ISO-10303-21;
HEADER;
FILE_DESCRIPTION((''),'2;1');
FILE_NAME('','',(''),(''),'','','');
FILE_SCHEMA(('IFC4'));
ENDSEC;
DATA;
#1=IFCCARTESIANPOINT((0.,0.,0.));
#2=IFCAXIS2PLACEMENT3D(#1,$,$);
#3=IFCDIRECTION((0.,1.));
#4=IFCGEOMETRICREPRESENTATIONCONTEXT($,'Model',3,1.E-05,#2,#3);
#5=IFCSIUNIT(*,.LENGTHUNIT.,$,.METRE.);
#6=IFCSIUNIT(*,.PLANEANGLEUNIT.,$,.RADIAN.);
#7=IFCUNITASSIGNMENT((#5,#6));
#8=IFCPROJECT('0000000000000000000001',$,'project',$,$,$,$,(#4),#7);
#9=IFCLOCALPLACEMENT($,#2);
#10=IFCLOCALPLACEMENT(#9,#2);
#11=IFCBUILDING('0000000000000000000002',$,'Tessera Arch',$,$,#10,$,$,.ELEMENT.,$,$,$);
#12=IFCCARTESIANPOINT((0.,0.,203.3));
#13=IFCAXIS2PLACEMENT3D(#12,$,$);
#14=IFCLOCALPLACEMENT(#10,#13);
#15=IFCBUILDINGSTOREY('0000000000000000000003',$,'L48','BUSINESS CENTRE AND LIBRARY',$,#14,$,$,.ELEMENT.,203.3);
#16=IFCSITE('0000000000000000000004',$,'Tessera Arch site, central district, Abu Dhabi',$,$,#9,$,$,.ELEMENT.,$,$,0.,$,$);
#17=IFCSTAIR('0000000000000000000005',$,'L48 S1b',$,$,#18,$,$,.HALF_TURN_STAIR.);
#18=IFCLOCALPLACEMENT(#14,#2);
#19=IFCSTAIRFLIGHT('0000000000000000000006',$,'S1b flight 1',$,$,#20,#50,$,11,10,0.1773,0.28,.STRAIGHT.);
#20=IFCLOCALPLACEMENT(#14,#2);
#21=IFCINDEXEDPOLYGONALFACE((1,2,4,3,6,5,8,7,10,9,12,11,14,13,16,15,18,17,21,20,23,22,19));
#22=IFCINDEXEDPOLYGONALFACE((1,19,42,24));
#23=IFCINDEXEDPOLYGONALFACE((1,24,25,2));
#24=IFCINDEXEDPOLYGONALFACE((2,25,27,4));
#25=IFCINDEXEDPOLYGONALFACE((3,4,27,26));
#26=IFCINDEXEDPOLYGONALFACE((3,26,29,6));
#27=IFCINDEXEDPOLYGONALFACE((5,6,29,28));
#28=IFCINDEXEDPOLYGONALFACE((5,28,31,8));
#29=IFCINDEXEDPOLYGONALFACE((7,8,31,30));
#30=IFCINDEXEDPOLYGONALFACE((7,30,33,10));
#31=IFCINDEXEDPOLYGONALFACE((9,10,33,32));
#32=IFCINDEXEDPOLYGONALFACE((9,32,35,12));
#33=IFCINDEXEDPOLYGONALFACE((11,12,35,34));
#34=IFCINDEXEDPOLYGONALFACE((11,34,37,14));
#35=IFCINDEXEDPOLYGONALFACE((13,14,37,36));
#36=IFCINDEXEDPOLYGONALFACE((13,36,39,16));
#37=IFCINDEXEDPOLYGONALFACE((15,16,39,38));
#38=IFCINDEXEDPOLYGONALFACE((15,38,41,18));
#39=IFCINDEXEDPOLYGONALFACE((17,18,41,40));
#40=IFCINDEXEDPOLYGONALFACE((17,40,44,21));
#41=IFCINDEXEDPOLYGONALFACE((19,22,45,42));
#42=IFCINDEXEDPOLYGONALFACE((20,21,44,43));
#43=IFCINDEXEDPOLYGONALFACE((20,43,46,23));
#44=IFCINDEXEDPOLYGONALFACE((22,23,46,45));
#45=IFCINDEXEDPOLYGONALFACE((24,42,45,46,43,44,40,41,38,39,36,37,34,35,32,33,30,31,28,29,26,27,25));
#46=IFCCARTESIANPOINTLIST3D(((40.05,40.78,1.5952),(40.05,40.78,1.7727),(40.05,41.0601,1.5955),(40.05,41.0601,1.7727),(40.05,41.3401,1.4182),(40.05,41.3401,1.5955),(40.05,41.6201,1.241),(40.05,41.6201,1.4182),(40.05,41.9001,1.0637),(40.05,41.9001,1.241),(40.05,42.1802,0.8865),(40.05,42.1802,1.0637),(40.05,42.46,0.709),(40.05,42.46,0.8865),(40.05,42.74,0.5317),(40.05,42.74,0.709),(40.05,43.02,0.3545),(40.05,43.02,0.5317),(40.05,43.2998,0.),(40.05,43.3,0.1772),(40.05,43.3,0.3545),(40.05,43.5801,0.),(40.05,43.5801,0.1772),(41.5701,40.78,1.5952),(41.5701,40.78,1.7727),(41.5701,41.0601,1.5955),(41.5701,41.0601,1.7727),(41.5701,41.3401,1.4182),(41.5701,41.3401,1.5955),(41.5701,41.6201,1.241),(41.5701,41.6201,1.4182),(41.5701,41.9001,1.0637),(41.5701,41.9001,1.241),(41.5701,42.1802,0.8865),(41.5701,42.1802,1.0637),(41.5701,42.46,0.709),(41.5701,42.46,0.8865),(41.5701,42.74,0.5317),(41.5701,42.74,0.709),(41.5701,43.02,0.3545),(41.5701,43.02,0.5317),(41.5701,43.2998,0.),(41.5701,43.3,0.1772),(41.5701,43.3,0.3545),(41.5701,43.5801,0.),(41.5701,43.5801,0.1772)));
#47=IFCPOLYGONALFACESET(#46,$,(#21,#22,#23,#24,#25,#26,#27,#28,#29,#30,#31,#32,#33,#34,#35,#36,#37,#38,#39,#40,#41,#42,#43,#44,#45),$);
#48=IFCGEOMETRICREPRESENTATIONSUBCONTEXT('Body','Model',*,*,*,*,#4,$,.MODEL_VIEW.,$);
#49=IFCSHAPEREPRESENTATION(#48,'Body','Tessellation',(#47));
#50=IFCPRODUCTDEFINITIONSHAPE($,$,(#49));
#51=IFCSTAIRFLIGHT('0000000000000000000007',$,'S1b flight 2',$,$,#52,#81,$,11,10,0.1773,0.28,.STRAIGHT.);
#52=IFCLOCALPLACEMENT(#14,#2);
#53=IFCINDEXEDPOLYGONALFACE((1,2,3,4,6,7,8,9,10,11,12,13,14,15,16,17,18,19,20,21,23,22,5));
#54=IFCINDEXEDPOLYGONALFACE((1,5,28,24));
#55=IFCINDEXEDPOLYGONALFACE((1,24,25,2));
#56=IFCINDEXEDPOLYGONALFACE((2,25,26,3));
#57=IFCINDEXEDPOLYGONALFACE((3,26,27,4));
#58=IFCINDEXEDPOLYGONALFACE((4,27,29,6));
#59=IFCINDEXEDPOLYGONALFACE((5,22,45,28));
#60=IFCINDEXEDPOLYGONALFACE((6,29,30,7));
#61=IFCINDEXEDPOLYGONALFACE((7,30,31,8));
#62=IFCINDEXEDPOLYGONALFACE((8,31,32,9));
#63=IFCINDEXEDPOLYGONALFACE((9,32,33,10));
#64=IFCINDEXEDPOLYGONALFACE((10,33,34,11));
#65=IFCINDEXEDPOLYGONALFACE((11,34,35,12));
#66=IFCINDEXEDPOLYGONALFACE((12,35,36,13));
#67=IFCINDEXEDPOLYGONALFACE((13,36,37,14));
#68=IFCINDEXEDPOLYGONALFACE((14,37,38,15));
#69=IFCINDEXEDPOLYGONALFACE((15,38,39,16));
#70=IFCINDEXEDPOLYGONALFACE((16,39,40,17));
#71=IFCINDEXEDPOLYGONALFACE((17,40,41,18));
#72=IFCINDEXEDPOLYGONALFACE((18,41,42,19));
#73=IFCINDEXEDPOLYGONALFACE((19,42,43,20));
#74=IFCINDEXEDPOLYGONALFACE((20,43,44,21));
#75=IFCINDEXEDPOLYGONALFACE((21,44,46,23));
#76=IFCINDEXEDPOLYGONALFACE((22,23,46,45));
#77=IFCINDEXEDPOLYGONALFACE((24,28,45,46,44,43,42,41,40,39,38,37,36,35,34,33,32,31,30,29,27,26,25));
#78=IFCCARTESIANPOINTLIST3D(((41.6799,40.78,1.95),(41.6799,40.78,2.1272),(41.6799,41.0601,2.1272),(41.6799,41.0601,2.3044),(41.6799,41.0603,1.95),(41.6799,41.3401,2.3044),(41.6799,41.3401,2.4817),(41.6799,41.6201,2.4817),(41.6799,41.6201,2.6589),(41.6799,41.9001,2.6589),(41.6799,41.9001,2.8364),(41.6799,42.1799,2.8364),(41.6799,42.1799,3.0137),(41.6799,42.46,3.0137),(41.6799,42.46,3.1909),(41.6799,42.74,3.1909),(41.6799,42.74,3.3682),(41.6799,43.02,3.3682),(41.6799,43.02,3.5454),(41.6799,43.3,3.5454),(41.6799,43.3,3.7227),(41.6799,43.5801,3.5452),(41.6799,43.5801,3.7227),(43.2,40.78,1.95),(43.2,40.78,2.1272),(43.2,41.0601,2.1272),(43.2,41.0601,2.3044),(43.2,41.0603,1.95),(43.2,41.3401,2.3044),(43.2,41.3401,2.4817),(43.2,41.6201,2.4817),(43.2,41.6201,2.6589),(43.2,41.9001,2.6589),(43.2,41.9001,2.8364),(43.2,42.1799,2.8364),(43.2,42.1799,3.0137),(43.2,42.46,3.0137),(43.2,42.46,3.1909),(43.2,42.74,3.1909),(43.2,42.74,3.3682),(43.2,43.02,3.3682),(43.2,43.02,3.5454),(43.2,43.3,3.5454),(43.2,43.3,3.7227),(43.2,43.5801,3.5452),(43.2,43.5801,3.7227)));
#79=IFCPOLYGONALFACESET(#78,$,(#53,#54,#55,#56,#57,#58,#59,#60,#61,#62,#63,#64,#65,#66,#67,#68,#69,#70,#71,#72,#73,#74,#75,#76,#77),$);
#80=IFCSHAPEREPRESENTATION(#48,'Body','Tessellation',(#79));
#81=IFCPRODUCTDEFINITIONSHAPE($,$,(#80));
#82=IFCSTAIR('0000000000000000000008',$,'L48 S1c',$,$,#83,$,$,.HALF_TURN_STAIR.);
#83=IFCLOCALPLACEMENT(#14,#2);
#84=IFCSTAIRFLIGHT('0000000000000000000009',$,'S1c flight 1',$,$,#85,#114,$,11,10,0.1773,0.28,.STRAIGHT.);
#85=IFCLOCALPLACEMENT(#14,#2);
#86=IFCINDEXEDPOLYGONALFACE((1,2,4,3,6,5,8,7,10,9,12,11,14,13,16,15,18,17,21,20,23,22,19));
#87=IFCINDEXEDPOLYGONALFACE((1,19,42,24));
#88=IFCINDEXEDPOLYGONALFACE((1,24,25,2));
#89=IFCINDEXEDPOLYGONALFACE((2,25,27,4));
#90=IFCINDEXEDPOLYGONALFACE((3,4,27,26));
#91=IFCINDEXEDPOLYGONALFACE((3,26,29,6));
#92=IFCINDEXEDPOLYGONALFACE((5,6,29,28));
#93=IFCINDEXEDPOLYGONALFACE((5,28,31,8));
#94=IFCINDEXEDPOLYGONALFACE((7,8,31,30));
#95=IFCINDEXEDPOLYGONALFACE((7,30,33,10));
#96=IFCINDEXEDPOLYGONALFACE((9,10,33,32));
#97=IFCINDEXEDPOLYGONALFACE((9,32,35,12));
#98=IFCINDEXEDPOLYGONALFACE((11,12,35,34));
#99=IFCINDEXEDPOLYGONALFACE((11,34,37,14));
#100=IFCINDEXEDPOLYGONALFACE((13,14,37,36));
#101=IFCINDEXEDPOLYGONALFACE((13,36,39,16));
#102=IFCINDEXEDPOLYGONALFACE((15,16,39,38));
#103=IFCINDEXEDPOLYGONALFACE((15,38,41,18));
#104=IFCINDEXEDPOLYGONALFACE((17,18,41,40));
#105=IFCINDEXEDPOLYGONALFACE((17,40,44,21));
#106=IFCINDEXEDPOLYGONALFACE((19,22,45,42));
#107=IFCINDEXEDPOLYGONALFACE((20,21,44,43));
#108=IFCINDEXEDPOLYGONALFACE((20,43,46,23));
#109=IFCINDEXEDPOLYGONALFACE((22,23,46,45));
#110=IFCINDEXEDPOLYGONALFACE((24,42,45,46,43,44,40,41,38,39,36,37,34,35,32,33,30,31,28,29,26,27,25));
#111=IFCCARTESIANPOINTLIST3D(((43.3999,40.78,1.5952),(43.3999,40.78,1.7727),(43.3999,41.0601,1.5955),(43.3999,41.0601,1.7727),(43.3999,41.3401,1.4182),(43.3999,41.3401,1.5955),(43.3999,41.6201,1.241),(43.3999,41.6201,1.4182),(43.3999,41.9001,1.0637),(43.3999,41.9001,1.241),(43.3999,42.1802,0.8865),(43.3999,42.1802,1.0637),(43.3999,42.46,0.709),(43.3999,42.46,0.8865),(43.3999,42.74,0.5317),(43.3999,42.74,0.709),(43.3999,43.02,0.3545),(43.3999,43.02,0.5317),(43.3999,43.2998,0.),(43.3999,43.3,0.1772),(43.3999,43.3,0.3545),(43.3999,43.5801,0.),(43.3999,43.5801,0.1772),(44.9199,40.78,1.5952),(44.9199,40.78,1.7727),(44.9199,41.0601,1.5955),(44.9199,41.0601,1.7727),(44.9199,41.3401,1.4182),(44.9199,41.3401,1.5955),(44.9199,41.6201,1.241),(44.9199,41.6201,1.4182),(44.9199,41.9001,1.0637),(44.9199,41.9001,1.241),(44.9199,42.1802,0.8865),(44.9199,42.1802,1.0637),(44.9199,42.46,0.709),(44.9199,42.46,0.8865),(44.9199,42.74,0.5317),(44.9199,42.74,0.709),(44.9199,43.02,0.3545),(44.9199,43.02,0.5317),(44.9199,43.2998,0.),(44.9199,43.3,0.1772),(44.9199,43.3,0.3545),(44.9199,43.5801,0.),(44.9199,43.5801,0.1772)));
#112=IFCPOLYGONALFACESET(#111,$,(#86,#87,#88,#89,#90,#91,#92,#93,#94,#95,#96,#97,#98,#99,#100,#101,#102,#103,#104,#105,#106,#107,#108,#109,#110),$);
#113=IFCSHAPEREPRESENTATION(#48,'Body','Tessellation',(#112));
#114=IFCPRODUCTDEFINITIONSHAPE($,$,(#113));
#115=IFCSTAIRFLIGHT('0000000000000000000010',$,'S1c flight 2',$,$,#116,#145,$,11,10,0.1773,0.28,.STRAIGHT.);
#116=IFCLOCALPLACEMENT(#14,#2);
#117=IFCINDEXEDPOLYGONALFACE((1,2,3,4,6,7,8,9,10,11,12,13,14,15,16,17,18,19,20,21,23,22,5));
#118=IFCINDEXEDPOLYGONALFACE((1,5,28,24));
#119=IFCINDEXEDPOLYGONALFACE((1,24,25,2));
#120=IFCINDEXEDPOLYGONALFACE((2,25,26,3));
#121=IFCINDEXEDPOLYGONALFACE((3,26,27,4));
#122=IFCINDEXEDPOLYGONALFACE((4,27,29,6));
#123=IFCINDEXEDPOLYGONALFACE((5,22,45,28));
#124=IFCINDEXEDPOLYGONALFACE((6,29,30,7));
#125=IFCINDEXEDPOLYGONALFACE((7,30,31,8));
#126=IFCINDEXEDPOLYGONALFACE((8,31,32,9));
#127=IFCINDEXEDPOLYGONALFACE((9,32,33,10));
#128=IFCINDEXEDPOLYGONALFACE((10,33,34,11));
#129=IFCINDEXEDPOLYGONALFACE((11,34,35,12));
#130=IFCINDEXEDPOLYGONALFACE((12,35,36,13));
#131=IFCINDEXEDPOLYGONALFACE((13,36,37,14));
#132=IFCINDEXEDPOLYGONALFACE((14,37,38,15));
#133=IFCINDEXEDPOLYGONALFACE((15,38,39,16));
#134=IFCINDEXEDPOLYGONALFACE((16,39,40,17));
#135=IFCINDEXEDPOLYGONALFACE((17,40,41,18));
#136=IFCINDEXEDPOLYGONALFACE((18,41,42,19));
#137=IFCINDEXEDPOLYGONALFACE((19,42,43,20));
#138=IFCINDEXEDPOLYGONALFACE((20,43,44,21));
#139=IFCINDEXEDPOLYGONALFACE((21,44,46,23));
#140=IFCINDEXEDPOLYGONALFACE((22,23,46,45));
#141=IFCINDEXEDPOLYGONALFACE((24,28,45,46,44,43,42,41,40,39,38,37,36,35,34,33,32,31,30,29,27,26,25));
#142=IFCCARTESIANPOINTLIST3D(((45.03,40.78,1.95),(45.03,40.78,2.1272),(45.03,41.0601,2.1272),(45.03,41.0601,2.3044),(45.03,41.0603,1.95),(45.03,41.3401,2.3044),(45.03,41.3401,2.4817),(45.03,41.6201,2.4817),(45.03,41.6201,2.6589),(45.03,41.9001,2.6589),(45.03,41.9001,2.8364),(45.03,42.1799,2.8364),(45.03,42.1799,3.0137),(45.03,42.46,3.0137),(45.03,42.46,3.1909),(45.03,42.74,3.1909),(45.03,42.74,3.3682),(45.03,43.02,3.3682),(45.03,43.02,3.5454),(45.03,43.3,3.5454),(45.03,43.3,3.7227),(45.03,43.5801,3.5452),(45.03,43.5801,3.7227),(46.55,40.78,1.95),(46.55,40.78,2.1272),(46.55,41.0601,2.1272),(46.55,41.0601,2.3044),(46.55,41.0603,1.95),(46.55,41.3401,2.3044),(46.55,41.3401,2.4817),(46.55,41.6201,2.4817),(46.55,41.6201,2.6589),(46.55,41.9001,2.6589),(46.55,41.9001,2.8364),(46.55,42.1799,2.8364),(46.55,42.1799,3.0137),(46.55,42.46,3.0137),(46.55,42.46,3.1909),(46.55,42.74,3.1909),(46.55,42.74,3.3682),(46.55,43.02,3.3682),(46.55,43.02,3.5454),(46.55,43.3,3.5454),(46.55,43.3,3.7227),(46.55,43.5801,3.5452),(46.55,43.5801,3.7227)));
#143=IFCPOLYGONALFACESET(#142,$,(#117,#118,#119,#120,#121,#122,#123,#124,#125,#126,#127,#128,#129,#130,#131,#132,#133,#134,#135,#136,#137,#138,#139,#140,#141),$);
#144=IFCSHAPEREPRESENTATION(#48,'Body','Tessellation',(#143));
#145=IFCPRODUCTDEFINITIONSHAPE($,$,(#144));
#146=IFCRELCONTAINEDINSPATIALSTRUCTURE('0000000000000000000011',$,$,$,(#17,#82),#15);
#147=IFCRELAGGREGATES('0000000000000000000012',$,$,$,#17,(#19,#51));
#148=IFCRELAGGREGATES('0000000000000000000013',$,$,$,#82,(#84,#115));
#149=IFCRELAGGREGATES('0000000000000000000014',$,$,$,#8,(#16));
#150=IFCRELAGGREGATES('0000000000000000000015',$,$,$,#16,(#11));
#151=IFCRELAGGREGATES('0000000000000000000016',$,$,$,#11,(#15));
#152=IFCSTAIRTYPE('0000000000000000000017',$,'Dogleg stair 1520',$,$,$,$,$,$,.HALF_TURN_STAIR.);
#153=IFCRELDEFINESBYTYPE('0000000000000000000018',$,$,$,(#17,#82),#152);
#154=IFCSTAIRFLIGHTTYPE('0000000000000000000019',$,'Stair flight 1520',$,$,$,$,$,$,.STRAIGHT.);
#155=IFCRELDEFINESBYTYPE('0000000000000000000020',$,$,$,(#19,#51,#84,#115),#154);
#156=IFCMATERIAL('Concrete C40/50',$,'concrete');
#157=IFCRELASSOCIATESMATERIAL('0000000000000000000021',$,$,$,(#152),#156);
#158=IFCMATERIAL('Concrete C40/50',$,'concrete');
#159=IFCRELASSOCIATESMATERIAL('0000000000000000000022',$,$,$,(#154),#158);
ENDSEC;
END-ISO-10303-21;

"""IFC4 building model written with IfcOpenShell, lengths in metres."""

from ifc_helpers import new_model, si_unit, direction, frame, origin, place, context, subcontext, project, spatial, polyline, outline, extrude, material, type_object, element, aggregate, save


model = new_model("IFC4")

# Units and contexts
model_context = context("Model", 3, precision=1e-05, world=origin(), true_north=direction((0.0, 1.0)))
body_context = subcontext(model_context, "Body", "Model", "MODEL_VIEW")
ifc_project = project(units=[si_unit("LENGTHUNIT", "METRE"), si_unit("PLANEANGLEUNIT", "RADIAN")], contexts=[model_context])

# Site, building, storey
site_placement = place(None, origin())
site = spatial("IfcSite", under=ifc_project, at=site_placement, Name="Tessera Arch site, central district, Abu Dhabi", CompositionType="ELEMENT", RefElevation=0.0)
building_placement = place(site_placement, origin())
building = spatial("IfcBuilding", under=site, at=building_placement, Name="Tessera Arch", CompositionType="ELEMENT")
storey_placement = place(building_placement, frame((0.0, 0.0, 203.3)))
storey = spatial("IfcBuildingStorey", under=building, at=storey_placement, Name="L48", Description="BUSINESS CENTRE AND LIBRARY", CompositionType="ELEMENT", Elevation=203.3)

# Stairs, stair flights
ifc_material_1 = material(Name="Concrete C40/50", Category="concrete")
stair_type = type_object("IfcStairType", Name="Dogleg stair 1520", PredefinedType="HALF_TURN_STAIR", material=ifc_material_1)
stair_1_placement = place(storey_placement, origin())
stair_1 = element("IfcStair", 1, at=stair_1_placement, inside=storey, type_object=stair_type, Name="L48 S1b", PredefinedType="HALF_TURN_STAIR")
ifc_material_2 = material(Name="Concrete C40/50", Category="concrete")
stair_flight_type = type_object("IfcStairFlightType", Name="Stair flight 1520", PredefinedType="STRAIGHT", material=ifc_material_2)
stair_flight_1_placement = place(storey_placement, frame((40.8101, 43.5801, 0.0), z_axis=(0.0, 0.0, 1.0), x_axis=(0.0, -1.0, 0.0)))
stair_flight_1 = element("IfcStairFlight", 2, at=stair_flight_1_placement, type_object=stair_flight_type, Name="S1b flight 1", NumberOfRisers=11, NumberOfTreads=10, PredefinedType="STRAIGHT", RiserHeight=0.1773, TreadLength=0.28, context=body_context, shape_type="SweptSolid", body=[
    extrude(outline(polyline([(0.0, 0.0), (0.0, 0.1772), (0.28, 0.1772), (0.28, 0.3545), (0.5601, 0.3545), (0.5601, 0.5317), (0.8401, 0.5317), (0.8401, 0.709), (1.1201, 0.709), (1.1201, 0.8865), (1.3999, 0.8865), (1.3999, 1.0637), (1.6799, 1.0637), (1.6799, 1.241), (1.96, 1.241), (1.96, 1.4182), (2.24, 1.4182), (2.24, 1.5955), (2.52, 1.5955), (2.52, 1.7727), (2.8, 1.7727), (2.8, 1.95), (2.8, 1.5952), (0.2803, 0.0), (0.0, 0.0)])), frame((0.0, 0.76, 0.0), z_axis=(0.0, -1.0, 0.0), x_axis=(1.0, 0.0, 0.0)), (0.0, 0.0, 1.0), 1.52),
])
stair_flight_2_placement = place(storey_placement, frame((42.4399, 40.78, 1.95), z_axis=(0.0, 0.0, 1.0), x_axis=(0.0, 1.0, 0.0)))
stair_flight_2 = element("IfcStairFlight", 3, at=stair_flight_2_placement, type_object=stair_flight_type, Name="S1b flight 2", NumberOfRisers=11, NumberOfTreads=10, PredefinedType="STRAIGHT", RiserHeight=0.1773, TreadLength=0.28, context=body_context, shape_type="SweptSolid", body=[
    extrude(outline(polyline([(0.0, 0.0), (0.0, 0.1772), (0.28, 0.1772), (0.28, 0.3545), (0.5601, 0.3545), (0.5601, 0.5317), (0.8401, 0.5317), (0.8401, 0.709), (1.1201, 0.709), (1.1201, 0.8865), (1.3999, 0.8865), (1.3999, 1.0637), (1.6799, 1.0637), (1.6799, 1.241), (1.96, 1.241), (1.96, 1.4182), (2.24, 1.4182), (2.24, 1.5955), (2.52, 1.5955), (2.52, 1.7727), (2.8, 1.7727), (2.8, 1.95), (2.8, 1.5952), (0.2803, 0.0), (0.0, 0.0)])), frame((0.0, 0.76, 0.0), z_axis=(0.0, -1.0, 0.0), x_axis=(1.0, 0.0, 0.0)), (0.0, 0.0, 1.0), 1.52),
])
aggregate(stair_1, [stair_flight_1, stair_flight_2])
stair_2_placement = place(storey_placement, origin())
stair_2 = element("IfcStair", 4, at=stair_2_placement, inside=storey, type_object=stair_type, Name="L48 S1c", PredefinedType="HALF_TURN_STAIR")
stair_flight_3_placement = place(storey_placement, frame((44.1599, 43.5801, 0.0), z_axis=(0.0, 0.0, 1.0), x_axis=(0.0, -1.0, 0.0)))
stair_flight_3 = element("IfcStairFlight", 5, at=stair_flight_3_placement, type_object=stair_flight_type, Name="S1c flight 1", NumberOfRisers=11, NumberOfTreads=10, PredefinedType="STRAIGHT", RiserHeight=0.1773, TreadLength=0.28, context=body_context, shape_type="SweptSolid", body=[
    extrude(outline(polyline([(0.0, 0.0), (0.0, 0.1772), (0.28, 0.1772), (0.28, 0.3545), (0.5601, 0.3545), (0.5601, 0.5317), (0.8401, 0.5317), (0.8401, 0.709), (1.1201, 0.709), (1.1201, 0.8865), (1.3999, 0.8865), (1.3999, 1.0637), (1.6799, 1.0637), (1.6799, 1.241), (1.96, 1.241), (1.96, 1.4182), (2.24, 1.4182), (2.24, 1.5955), (2.52, 1.5955), (2.52, 1.7727), (2.8, 1.7727), (2.8, 1.95), (2.8, 1.5952), (0.2803, 0.0), (0.0, 0.0)])), frame((0.0, 0.76, 0.0), z_axis=(0.0, -1.0, 0.0), x_axis=(1.0, 0.0, 0.0)), (0.0, 0.0, 1.0), 1.52),
])
stair_flight_4_placement = place(storey_placement, frame((45.79, 40.78, 1.95), z_axis=(0.0, 0.0, 1.0), x_axis=(0.0, 1.0, 0.0)))
stair_flight_4 = element("IfcStairFlight", 6, at=stair_flight_4_placement, type_object=stair_flight_type, Name="S1c flight 2", NumberOfRisers=11, NumberOfTreads=10, PredefinedType="STRAIGHT", RiserHeight=0.1773, TreadLength=0.28, context=body_context, shape_type="SweptSolid", body=[
    extrude(outline(polyline([(0.0, 0.0), (0.0, 0.1772), (0.28, 0.1772), (0.28, 0.3545), (0.5601, 0.3545), (0.5601, 0.5317), (0.8401, 0.5317), (0.8401, 0.709), (1.1201, 0.709), (1.1201, 0.8865), (1.3999, 0.8865), (1.3999, 1.0637), (1.6799, 1.0637), (1.6799, 1.241), (1.96, 1.241), (1.96, 1.4182), (2.24, 1.4182), (2.24, 1.5955), (2.52, 1.5955), (2.52, 1.7727), (2.8, 1.7727), (2.8, 1.95), (2.8, 1.5952), (0.2803, 0.0), (0.0, 0.0)])), frame((0.0, 0.76, 0.0), z_axis=(0.0, -1.0, 0.0), x_axis=(1.0, 0.0, 0.0)), (0.0, 0.0, 1.0), 1.52),
])
aggregate(stair_2, [stair_flight_3, stair_flight_4])

save(model, "model.ifc")
